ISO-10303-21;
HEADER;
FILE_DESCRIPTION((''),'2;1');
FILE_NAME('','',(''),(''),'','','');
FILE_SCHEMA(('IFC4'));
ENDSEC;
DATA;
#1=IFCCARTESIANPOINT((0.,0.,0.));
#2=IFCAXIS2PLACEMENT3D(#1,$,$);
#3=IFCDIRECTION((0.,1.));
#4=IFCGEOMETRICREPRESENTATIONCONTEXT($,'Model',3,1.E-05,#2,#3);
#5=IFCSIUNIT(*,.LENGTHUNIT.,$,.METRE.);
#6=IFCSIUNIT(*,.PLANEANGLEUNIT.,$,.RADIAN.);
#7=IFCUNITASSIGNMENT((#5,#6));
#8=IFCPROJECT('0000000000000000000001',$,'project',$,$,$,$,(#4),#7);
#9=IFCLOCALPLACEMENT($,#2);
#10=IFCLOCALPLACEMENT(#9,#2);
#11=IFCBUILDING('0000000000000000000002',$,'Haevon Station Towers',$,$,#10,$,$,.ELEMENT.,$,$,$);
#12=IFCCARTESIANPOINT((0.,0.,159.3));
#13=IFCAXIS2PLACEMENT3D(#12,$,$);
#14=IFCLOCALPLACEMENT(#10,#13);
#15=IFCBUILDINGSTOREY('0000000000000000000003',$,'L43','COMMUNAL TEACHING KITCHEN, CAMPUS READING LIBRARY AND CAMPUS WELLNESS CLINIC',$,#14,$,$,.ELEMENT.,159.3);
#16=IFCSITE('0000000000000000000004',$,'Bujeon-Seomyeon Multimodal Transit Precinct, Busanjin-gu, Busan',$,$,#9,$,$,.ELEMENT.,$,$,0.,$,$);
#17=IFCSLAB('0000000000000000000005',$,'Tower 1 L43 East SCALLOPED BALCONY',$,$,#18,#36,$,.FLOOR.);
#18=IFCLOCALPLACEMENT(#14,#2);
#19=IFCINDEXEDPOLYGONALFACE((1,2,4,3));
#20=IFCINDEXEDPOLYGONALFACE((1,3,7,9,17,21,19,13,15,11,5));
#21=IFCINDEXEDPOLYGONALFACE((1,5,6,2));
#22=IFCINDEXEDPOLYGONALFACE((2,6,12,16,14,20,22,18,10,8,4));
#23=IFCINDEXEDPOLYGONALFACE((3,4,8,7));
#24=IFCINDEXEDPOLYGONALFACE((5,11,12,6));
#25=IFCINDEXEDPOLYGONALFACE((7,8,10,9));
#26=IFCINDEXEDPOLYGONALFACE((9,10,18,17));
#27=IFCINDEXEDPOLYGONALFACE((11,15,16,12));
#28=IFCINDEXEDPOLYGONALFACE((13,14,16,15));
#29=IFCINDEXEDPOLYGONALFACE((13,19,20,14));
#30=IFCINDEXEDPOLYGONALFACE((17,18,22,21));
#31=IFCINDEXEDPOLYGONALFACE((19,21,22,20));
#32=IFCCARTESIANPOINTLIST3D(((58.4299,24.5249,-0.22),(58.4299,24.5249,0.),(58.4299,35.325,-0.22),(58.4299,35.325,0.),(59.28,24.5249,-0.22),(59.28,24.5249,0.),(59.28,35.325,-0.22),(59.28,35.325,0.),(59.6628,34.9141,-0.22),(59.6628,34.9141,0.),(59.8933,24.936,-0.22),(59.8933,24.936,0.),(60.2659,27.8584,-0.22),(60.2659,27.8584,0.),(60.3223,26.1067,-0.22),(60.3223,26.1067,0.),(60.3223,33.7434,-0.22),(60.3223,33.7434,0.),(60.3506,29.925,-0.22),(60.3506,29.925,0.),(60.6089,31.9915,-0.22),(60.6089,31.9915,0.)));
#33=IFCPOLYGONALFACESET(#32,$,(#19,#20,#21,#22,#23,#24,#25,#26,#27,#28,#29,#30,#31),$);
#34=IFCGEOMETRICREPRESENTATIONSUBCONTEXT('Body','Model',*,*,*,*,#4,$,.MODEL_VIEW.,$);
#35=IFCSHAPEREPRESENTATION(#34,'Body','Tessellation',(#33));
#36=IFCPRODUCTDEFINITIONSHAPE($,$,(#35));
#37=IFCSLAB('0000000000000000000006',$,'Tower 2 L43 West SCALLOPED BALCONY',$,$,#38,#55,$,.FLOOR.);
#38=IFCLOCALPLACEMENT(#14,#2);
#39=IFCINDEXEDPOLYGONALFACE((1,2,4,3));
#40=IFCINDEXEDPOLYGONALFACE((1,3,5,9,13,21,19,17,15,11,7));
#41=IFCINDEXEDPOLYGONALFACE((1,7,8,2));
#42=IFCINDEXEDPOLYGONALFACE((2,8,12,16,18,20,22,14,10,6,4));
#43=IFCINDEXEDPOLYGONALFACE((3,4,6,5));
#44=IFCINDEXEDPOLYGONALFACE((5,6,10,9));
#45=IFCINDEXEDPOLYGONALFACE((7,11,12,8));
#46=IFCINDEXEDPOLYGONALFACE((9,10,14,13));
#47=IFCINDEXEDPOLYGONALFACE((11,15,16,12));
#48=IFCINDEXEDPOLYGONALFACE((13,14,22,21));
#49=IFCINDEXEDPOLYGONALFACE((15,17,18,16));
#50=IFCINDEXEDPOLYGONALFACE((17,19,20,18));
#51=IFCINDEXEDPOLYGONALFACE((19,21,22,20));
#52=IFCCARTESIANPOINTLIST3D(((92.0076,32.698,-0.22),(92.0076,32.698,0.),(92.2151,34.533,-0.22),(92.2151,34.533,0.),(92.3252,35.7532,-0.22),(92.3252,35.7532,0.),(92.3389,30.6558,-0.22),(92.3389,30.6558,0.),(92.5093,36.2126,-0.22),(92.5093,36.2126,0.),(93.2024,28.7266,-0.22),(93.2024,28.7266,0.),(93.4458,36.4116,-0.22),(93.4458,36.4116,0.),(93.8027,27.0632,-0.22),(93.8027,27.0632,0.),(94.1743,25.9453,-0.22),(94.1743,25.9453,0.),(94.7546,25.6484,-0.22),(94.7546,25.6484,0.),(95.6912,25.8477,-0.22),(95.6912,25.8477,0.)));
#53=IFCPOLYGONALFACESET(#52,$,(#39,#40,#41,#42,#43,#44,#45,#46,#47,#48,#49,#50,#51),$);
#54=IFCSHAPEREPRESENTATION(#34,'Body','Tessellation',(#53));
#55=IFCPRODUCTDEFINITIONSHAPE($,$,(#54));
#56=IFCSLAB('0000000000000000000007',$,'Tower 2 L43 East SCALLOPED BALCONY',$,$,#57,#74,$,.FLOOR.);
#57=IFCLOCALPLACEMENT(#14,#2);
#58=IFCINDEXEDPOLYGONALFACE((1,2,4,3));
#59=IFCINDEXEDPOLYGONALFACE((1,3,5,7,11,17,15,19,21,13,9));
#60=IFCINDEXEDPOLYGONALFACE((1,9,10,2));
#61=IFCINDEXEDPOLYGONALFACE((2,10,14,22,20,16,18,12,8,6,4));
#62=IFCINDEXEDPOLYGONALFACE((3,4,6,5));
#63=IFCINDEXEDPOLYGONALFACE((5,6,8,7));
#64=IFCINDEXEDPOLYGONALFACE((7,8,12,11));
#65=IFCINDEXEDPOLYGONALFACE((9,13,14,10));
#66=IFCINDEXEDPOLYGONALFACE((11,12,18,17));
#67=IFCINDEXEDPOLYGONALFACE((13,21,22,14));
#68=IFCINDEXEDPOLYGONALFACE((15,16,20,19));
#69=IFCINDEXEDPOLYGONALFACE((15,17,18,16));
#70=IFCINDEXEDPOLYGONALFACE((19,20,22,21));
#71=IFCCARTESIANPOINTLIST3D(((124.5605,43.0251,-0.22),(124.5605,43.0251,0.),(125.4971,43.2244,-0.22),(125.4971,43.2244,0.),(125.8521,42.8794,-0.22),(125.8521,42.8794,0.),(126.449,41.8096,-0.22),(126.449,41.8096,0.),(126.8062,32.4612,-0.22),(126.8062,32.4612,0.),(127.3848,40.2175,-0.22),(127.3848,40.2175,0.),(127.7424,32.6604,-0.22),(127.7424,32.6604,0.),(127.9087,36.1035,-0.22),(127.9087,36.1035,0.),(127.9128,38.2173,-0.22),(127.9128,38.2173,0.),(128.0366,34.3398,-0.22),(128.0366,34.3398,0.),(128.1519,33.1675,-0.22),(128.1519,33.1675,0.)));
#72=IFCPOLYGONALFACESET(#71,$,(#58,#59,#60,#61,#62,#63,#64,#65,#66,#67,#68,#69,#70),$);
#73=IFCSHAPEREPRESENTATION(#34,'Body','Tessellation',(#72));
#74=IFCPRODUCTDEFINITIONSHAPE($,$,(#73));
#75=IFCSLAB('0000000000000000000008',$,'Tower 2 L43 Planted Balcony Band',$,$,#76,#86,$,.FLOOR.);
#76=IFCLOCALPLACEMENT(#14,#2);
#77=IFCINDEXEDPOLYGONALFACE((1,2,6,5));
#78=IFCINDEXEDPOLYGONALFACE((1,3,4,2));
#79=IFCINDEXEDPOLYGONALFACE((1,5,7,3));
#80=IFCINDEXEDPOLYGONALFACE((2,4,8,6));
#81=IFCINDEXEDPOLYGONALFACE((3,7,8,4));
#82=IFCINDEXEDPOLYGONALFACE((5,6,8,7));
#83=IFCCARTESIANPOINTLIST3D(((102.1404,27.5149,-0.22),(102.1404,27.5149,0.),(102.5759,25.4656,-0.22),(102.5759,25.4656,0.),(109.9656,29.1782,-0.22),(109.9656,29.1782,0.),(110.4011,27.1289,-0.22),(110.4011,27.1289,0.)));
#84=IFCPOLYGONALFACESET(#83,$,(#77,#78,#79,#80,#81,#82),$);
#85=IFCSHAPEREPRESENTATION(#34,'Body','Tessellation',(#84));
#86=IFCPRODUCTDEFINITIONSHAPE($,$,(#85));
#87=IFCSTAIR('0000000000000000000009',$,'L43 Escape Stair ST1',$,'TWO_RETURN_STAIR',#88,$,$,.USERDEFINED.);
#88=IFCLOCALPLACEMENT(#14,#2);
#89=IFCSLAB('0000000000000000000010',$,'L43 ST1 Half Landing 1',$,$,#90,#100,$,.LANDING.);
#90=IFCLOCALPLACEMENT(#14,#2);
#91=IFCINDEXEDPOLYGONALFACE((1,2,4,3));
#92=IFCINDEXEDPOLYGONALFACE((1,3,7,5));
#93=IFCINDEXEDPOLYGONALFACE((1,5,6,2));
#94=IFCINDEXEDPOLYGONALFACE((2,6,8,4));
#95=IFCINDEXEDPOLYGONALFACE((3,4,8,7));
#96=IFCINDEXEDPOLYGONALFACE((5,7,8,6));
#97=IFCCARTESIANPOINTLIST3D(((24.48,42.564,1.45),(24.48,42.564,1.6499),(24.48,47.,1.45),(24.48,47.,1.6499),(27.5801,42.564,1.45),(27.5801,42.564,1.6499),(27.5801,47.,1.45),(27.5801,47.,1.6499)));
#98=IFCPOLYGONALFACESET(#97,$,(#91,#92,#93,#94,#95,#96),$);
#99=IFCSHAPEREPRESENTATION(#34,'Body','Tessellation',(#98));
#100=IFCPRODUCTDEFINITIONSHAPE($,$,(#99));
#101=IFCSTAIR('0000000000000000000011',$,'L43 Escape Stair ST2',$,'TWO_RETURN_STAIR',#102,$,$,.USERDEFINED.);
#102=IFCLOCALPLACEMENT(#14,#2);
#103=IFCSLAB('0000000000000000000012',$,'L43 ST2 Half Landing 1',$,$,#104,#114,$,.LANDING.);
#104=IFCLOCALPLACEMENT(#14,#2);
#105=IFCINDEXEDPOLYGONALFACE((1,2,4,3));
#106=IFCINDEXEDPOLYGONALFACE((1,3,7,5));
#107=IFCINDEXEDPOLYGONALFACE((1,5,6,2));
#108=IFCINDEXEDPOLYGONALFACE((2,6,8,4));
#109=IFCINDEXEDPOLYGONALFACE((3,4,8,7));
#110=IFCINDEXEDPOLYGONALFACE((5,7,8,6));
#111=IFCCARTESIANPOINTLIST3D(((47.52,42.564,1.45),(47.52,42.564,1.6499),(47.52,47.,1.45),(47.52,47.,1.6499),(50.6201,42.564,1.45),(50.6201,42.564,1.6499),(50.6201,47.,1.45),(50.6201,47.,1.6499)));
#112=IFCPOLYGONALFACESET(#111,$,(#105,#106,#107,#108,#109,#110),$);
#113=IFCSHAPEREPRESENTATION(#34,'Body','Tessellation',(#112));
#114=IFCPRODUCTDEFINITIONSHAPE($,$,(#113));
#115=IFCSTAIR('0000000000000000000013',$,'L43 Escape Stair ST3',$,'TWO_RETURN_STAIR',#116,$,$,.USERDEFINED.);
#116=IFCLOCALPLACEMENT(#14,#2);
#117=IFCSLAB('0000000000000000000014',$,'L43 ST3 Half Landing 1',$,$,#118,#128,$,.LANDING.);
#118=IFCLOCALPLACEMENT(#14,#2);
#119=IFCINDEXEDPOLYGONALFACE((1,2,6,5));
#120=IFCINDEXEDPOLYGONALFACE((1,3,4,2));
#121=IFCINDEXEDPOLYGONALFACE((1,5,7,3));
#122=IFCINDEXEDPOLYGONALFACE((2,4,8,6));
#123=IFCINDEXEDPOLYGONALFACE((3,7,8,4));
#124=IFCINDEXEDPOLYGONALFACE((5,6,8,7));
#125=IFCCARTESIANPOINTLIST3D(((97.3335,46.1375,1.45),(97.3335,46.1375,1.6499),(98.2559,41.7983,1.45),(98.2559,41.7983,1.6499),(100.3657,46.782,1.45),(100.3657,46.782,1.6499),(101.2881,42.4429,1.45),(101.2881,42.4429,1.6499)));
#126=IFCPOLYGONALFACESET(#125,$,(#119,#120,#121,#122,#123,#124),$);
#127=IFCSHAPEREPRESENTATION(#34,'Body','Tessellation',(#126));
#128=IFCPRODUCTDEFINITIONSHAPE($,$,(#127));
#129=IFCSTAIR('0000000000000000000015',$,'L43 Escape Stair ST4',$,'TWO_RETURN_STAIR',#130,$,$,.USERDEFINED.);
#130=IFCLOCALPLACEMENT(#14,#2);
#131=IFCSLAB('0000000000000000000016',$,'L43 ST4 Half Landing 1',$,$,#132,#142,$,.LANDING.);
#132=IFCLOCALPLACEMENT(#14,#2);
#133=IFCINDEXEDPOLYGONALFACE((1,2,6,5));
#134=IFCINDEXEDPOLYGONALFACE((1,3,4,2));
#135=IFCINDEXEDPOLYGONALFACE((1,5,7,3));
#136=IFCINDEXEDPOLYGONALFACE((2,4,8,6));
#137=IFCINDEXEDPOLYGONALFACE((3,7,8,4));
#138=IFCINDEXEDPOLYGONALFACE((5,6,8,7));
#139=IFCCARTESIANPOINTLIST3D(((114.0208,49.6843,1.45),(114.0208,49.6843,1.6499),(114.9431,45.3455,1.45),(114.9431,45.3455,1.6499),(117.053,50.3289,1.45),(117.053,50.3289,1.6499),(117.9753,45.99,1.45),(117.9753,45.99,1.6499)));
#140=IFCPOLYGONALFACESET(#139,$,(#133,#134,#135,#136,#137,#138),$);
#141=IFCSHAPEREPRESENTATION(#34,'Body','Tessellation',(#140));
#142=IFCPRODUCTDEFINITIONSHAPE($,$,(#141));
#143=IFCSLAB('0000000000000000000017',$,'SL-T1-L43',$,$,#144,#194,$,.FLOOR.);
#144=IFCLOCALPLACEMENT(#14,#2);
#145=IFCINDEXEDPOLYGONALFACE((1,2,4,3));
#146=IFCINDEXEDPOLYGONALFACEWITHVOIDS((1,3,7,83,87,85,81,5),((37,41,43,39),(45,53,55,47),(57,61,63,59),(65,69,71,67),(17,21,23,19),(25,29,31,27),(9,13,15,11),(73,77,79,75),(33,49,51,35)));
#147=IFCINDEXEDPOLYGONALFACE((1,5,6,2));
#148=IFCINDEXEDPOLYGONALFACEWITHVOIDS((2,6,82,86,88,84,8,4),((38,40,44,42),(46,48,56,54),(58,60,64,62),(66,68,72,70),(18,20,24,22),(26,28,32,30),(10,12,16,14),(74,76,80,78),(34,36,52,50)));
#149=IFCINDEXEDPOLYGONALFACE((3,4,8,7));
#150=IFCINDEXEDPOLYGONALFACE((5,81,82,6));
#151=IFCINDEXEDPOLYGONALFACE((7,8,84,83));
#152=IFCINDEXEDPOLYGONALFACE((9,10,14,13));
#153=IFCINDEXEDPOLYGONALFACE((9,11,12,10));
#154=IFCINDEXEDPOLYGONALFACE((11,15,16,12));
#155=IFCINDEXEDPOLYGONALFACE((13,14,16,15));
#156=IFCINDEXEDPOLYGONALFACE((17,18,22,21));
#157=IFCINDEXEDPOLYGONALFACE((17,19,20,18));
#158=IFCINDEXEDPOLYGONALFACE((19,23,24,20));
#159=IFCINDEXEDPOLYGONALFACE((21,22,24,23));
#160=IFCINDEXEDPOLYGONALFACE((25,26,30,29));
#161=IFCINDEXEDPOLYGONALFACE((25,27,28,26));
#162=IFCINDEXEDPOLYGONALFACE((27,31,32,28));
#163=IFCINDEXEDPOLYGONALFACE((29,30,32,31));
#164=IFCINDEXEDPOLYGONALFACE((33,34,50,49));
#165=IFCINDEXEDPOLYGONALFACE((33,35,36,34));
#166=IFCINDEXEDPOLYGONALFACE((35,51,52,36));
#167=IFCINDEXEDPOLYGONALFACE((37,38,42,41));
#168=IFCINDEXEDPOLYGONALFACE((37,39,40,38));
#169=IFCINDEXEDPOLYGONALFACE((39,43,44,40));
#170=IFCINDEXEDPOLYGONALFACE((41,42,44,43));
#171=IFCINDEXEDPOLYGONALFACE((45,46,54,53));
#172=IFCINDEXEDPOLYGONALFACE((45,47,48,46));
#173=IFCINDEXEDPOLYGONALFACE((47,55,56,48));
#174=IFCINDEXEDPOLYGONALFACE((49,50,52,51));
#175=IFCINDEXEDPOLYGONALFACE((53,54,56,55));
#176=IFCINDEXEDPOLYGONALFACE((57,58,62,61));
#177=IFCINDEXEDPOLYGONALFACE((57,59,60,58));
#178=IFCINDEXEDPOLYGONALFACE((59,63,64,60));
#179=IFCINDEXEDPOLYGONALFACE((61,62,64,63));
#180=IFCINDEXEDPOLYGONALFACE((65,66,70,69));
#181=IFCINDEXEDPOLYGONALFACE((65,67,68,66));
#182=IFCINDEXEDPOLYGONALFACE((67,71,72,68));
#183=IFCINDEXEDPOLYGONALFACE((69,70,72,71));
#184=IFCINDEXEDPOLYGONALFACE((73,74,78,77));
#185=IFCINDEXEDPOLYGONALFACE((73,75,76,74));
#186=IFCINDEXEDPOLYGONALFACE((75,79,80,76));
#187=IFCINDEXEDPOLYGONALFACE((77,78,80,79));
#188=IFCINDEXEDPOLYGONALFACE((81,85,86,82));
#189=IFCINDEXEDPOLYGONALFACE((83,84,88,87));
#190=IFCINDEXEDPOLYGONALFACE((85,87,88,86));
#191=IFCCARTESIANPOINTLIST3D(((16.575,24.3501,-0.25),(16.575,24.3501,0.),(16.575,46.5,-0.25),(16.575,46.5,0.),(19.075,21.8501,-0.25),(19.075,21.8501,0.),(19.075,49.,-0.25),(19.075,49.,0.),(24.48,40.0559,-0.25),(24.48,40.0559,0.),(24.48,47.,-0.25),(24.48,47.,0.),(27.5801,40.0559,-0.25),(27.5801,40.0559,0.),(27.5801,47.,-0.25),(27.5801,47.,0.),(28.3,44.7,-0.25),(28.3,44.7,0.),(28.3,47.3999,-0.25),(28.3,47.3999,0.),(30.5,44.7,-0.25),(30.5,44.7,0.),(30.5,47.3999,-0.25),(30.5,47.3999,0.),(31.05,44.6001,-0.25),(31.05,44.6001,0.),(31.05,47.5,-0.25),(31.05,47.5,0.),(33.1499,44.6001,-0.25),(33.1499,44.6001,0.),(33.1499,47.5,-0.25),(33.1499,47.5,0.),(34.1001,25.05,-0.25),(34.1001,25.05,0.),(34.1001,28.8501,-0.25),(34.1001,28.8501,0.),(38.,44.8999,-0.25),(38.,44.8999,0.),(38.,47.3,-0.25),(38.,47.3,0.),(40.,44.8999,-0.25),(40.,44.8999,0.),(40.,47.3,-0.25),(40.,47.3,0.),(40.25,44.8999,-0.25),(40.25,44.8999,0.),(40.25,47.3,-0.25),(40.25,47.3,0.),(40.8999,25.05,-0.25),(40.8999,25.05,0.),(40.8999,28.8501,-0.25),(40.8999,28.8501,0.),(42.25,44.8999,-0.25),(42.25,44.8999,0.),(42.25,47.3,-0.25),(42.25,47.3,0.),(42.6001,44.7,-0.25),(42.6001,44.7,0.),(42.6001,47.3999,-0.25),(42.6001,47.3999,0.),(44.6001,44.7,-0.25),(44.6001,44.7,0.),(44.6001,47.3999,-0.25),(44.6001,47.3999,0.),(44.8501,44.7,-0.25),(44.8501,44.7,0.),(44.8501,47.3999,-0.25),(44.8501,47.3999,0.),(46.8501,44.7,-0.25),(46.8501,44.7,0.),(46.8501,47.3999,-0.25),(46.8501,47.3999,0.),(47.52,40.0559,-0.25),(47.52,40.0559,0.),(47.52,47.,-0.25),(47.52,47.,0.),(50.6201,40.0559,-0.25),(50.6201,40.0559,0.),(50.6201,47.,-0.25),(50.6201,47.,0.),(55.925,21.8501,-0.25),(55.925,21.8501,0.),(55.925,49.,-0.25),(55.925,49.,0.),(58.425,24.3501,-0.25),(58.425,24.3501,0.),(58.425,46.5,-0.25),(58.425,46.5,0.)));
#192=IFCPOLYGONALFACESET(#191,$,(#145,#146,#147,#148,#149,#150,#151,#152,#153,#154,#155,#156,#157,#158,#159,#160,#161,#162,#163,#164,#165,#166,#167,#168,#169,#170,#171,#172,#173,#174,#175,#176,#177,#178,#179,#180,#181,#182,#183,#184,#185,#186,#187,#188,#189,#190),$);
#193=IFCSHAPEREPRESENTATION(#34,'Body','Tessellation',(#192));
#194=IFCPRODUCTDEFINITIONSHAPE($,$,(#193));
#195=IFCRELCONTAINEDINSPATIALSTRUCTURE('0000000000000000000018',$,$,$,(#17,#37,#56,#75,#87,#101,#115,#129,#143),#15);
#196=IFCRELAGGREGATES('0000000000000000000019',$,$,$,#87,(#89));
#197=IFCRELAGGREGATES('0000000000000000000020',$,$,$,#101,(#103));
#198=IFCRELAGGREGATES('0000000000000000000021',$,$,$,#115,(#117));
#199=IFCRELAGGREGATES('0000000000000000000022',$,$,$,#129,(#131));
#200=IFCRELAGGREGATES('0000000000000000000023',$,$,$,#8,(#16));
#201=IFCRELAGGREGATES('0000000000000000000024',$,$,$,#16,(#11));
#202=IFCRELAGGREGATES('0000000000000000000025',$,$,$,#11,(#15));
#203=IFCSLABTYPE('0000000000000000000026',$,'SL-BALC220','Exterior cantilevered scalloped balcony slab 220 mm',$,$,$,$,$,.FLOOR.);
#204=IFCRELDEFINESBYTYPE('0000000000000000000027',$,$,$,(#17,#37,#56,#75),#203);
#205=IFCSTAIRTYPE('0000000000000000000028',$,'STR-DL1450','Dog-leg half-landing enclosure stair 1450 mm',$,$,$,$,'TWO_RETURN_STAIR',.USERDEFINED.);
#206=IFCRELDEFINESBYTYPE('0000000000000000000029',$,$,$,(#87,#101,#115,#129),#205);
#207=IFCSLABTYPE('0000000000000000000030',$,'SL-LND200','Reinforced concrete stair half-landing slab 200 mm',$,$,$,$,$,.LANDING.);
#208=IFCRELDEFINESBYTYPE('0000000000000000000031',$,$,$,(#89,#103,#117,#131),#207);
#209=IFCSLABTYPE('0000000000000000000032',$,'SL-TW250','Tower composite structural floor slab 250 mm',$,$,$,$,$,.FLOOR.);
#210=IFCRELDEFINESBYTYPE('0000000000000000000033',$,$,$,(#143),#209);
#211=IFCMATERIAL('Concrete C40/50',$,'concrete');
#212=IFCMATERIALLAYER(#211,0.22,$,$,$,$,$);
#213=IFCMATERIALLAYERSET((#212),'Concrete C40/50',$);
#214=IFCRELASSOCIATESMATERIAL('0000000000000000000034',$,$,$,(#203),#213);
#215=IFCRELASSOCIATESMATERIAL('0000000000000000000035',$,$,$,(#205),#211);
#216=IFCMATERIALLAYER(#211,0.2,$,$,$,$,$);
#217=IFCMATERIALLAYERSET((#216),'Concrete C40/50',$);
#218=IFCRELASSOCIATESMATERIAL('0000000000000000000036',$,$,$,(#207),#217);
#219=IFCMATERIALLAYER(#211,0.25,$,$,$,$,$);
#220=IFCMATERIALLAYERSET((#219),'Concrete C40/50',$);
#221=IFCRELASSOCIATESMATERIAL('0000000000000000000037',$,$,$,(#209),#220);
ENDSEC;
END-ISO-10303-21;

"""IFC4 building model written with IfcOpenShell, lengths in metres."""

from ifc_helpers import new_model, si_unit, direction, frame, origin, place, context, subcontext, project, spatial, polyline, outline, extrude, material, layer, layer_set, type_object, element, aggregate, save


model = new_model("IFC4")

# Units and contexts
model_context = context("Model", 3, precision=1e-05, world=origin(), true_north=direction((0.0, 1.0)))
body_context = subcontext(model_context, "Body", "Model", "MODEL_VIEW")
ifc_project = project(units=[si_unit("LENGTHUNIT", "METRE"), si_unit("PLANEANGLEUNIT", "RADIAN")], contexts=[model_context])

# Site, building, storey
site_placement = place(None, origin())
site = spatial("IfcSite", under=ifc_project, at=site_placement, Name="Bujeon-Seomyeon Multimodal Transit Precinct, Busanjin-gu, Busan", CompositionType="ELEMENT", RefElevation=0.0)
building_placement = place(site_placement, origin())
building = spatial("IfcBuilding", under=site, at=building_placement, Name="Haevon Station Towers", CompositionType="ELEMENT")
storey_placement = place(building_placement, frame((0.0, 0.0, 159.3)))
storey = spatial("IfcBuildingStorey", under=building, at=storey_placement, Name="L43", Description="COMMUNAL TEACHING KITCHEN, CAMPUS READING LIBRARY AND CAMPUS WELLNESS CLINIC", CompositionType="ELEMENT", Elevation=159.3)

# Slabs
ifc_material_1 = material(Name="Concrete C40/50", Category="concrete")
ifc_layer_1 = layer(ifc_material_1, 0.22)
ifc_layer_set_1 = layer_set([ifc_layer_1], Name="Concrete C40/50")
slab_type_1 = type_object("IfcSlabType", Name="SL-BALC220", Description="Exterior cantilevered scalloped balcony slab 220 mm", PredefinedType="FLOOR", material=ifc_layer_set_1)
slab_1_placement = place(storey_placement, frame((0.0, 0.0, -0.22)))
element("IfcSlab", 1, at=slab_1_placement, inside=storey, type_object=slab_type_1, Name="Tower 1 L43 East SCALLOPED BALCONY", PredefinedType="FLOOR", context=body_context, shape_type="SweptSolid", body=[
    extrude(outline(polyline([(58.4299, 24.5249), (59.28, 24.5249), (59.8933, 24.936), (60.3223, 26.1067), (60.2659, 27.8584), (60.3506, 29.925), (60.6089, 31.9915), (60.3223, 33.7434), (59.6628, 34.9141), (59.28, 35.325), (58.4299, 35.325), (58.4299, 24.5249)])), origin(), (0.0, 0.0, 1.0), 0.22),
])
slab_2_placement = place(storey_placement, frame((0.0, 0.0, -0.22)))
element("IfcSlab", 2, at=slab_2_placement, inside=storey, type_object=slab_type_1, Name="Tower 2 L43 West SCALLOPED BALCONY", PredefinedType="FLOOR", context=body_context, shape_type="SweptSolid", body=[
    extrude(outline(polyline([(93.4458, 36.4116), (92.5093, 36.2126), (92.3252, 35.7532), (92.2151, 34.533), (92.0076, 32.698), (92.3389, 30.6558), (93.2024, 28.7266), (93.8027, 27.0632), (94.1743, 25.9453), (94.7546, 25.6484), (95.6912, 25.8477), (93.4458, 36.4116)])), origin(), (0.0, 0.0, 1.0), 0.22),
])
slab_3_placement = place(storey_placement, frame((0.0, 0.0, -0.22)))
element("IfcSlab", 3, at=slab_3_placement, inside=storey, type_object=slab_type_1, Name="Tower 2 L43 East SCALLOPED BALCONY", PredefinedType="FLOOR", context=body_context, shape_type="SweptSolid", body=[
    extrude(outline(polyline([(126.8062, 32.4612), (127.7424, 32.6604), (128.1519, 33.1675), (128.0366, 34.3398), (127.9087, 36.1035), (127.9128, 38.2173), (127.3848, 40.2175), (126.449, 41.8096), (125.8521, 42.8794), (125.4971, 43.2244), (124.5605, 43.0251), (126.8062, 32.4612)])), origin(), (0.0, 0.0, 1.0), 0.22),
])
slab_4_placement = place(storey_placement, frame((0.0, 0.0, -0.22)))
element("IfcSlab", 4, at=slab_4_placement, inside=storey, type_object=slab_type_1, Name="Tower 2 L43 Planted Balcony Band", PredefinedType="FLOOR", context=body_context, shape_type="SweptSolid", body=[
    extrude(outline(polyline([(102.5759, 25.4656), (110.4011, 27.1289), (109.9656, 29.1782), (102.1404, 27.5149), (102.5759, 25.4656)])), origin(), (0.0, 0.0, 1.0), 0.22),
])

# Stairs, slabs
stair_type = type_object("IfcStairType", Name="STR-DL1450", Description="Dog-leg half-landing enclosure stair 1450 mm", ElementType="TWO_RETURN_STAIR", PredefinedType="USERDEFINED", material=ifc_material_1)
stair_1_placement = place(storey_placement, origin())
stair_1 = element("IfcStair", 5, at=stair_1_placement, inside=storey, type_object=stair_type, Name="L43 Escape Stair ST1", ObjectType="TWO_RETURN_STAIR", PredefinedType="USERDEFINED")
ifc_layer_2 = layer(ifc_material_1, 0.2)
ifc_layer_set_2 = layer_set([ifc_layer_2], Name="Concrete C40/50")
slab_type_2 = type_object("IfcSlabType", Name="SL-LND200", Description="Reinforced concrete stair half-landing slab 200 mm", PredefinedType="LANDING", material=ifc_layer_set_2)
slab_5_placement = place(storey_placement, frame((0.0, 0.0, 1.45)))
slab_5 = element("IfcSlab", 6, at=slab_5_placement, type_object=slab_type_2, Name="L43 ST1 Half Landing 1", PredefinedType="LANDING", context=body_context, shape_type="SweptSolid", body=[
    extrude(outline(polyline([(27.5801, 42.564), (27.5801, 47.0), (24.48, 47.0), (24.48, 42.564), (27.5801, 42.564)])), origin(), (0.0, 0.0, 1.0), 0.2),
])
aggregate(stair_1, [slab_5])
stair_2_placement = place(storey_placement, origin())
stair_2 = element("IfcStair", 7, at=stair_2_placement, inside=storey, type_object=stair_type, Name="L43 Escape Stair ST2", ObjectType="TWO_RETURN_STAIR", PredefinedType="USERDEFINED")
slab_6_placement = place(storey_placement, frame((0.0, 0.0, 1.45)))
slab_6 = element("IfcSlab", 8, at=slab_6_placement, type_object=slab_type_2, Name="L43 ST2 Half Landing 1", PredefinedType="LANDING", context=body_context, shape_type="SweptSolid", body=[
    extrude(outline(polyline([(50.6201, 42.564), (50.6201, 47.0), (47.52, 47.0), (47.52, 42.564), (50.6201, 42.564)])), origin(), (0.0, 0.0, 1.0), 0.2),
])
aggregate(stair_2, [slab_6])
stair_3_placement = place(storey_placement, origin())
stair_3 = element("IfcStair", 9, at=stair_3_placement, inside=storey, type_object=stair_type, Name="L43 Escape Stair ST3", ObjectType="TWO_RETURN_STAIR", PredefinedType="USERDEFINED")
slab_7_placement = place(storey_placement, frame((0.0, 0.0, 1.45)))
slab_7 = element("IfcSlab", 10, at=slab_7_placement, type_object=slab_type_2, Name="L43 ST3 Half Landing 1", PredefinedType="LANDING", context=body_context, shape_type="SweptSolid", body=[
    extrude(outline(polyline([(101.2881, 42.4429), (100.3657, 46.782), (97.3335, 46.1375), (98.2559, 41.7983), (101.2881, 42.4429)])), origin(), (0.0, 0.0, 1.0), 0.2),
])
aggregate(stair_3, [slab_7])
stair_4_placement = place(storey_placement, origin())
stair_4 = element("IfcStair", 11, at=stair_4_placement, inside=storey, type_object=stair_type, Name="L43 Escape Stair ST4", ObjectType="TWO_RETURN_STAIR", PredefinedType="USERDEFINED")
slab_8_placement = place(storey_placement, frame((0.0, 0.0, 1.45)))
slab_8 = element("IfcSlab", 12, at=slab_8_placement, type_object=slab_type_2, Name="L43 ST4 Half Landing 1", PredefinedType="LANDING", context=body_context, shape_type="SweptSolid", body=[
    extrude(outline(polyline([(117.9753, 45.99), (117.053, 50.3289), (114.0208, 49.6843), (114.9431, 45.3455), (117.9753, 45.99)])), origin(), (0.0, 0.0, 1.0), 0.2),
])
aggregate(stair_4, [slab_8])

# Slab
ifc_layer_3 = layer(ifc_material_1, 0.25)
ifc_layer_set_3 = layer_set([ifc_layer_3], Name="Concrete C40/50")
slab_type_3 = type_object("IfcSlabType", Name="SL-TW250", Description="Tower composite structural floor slab 250 mm", PredefinedType="FLOOR", material=ifc_layer_set_3)
slab_9_placement = place(storey_placement, frame((0.0, 0.0, -0.25)))
element("IfcSlab", 13, at=slab_9_placement, inside=storey, type_object=slab_type_3, Name="SL-T1-L43", PredefinedType="FLOOR", context=body_context, shape_type="SweptSolid", body=[
    extrude(outline(polyline([(19.075, 21.8501), (55.925, 21.8501), (58.425, 24.3501), (58.425, 46.5), (55.925, 49.0), (19.075, 49.0), (16.575, 46.5), (16.575, 24.3501), (19.075, 21.8501)]), holes=[polyline([(27.5801, 40.0559), (27.5801, 47.0), (24.48, 47.0), (24.48, 40.0559), (27.5801, 40.0559)]), polyline([(50.6201, 40.0559), (50.6201, 47.0), (47.52, 47.0), (47.52, 40.0559), (50.6201, 40.0559)]), polyline([(28.3, 44.7), (30.5, 44.7), (30.5, 47.3999), (28.3, 47.3999), (28.3, 44.7)]), polyline([(31.05, 44.6001), (33.1499, 44.6001), (33.1499, 47.5), (31.05, 47.5), (31.05, 44.6001)]), polyline([(38.0, 44.8999), (40.0, 44.8999), (40.0, 47.3), (38.0, 47.3), (38.0, 44.8999)]), polyline([(40.25, 44.8999), (42.25, 44.8999), (42.25, 47.3), (40.25, 47.3), (40.25, 44.8999)]), polyline([(42.6001, 44.7), (44.6001, 44.7), (44.6001, 47.3999), (42.6001, 47.3999), (42.6001, 44.7)]), polyline([(44.8501, 44.7), (46.8501, 44.7), (46.8501, 47.3999), (44.8501, 47.3999), (44.8501, 44.7)]), polyline([(34.1001, 25.05), (40.8999, 25.05), (40.8999, 28.8501), (34.1001, 28.8501), (34.1001, 25.05)])]), origin(), (0.0, 0.0, 1.0), 0.25),
])

save(model, "model.ifc")
